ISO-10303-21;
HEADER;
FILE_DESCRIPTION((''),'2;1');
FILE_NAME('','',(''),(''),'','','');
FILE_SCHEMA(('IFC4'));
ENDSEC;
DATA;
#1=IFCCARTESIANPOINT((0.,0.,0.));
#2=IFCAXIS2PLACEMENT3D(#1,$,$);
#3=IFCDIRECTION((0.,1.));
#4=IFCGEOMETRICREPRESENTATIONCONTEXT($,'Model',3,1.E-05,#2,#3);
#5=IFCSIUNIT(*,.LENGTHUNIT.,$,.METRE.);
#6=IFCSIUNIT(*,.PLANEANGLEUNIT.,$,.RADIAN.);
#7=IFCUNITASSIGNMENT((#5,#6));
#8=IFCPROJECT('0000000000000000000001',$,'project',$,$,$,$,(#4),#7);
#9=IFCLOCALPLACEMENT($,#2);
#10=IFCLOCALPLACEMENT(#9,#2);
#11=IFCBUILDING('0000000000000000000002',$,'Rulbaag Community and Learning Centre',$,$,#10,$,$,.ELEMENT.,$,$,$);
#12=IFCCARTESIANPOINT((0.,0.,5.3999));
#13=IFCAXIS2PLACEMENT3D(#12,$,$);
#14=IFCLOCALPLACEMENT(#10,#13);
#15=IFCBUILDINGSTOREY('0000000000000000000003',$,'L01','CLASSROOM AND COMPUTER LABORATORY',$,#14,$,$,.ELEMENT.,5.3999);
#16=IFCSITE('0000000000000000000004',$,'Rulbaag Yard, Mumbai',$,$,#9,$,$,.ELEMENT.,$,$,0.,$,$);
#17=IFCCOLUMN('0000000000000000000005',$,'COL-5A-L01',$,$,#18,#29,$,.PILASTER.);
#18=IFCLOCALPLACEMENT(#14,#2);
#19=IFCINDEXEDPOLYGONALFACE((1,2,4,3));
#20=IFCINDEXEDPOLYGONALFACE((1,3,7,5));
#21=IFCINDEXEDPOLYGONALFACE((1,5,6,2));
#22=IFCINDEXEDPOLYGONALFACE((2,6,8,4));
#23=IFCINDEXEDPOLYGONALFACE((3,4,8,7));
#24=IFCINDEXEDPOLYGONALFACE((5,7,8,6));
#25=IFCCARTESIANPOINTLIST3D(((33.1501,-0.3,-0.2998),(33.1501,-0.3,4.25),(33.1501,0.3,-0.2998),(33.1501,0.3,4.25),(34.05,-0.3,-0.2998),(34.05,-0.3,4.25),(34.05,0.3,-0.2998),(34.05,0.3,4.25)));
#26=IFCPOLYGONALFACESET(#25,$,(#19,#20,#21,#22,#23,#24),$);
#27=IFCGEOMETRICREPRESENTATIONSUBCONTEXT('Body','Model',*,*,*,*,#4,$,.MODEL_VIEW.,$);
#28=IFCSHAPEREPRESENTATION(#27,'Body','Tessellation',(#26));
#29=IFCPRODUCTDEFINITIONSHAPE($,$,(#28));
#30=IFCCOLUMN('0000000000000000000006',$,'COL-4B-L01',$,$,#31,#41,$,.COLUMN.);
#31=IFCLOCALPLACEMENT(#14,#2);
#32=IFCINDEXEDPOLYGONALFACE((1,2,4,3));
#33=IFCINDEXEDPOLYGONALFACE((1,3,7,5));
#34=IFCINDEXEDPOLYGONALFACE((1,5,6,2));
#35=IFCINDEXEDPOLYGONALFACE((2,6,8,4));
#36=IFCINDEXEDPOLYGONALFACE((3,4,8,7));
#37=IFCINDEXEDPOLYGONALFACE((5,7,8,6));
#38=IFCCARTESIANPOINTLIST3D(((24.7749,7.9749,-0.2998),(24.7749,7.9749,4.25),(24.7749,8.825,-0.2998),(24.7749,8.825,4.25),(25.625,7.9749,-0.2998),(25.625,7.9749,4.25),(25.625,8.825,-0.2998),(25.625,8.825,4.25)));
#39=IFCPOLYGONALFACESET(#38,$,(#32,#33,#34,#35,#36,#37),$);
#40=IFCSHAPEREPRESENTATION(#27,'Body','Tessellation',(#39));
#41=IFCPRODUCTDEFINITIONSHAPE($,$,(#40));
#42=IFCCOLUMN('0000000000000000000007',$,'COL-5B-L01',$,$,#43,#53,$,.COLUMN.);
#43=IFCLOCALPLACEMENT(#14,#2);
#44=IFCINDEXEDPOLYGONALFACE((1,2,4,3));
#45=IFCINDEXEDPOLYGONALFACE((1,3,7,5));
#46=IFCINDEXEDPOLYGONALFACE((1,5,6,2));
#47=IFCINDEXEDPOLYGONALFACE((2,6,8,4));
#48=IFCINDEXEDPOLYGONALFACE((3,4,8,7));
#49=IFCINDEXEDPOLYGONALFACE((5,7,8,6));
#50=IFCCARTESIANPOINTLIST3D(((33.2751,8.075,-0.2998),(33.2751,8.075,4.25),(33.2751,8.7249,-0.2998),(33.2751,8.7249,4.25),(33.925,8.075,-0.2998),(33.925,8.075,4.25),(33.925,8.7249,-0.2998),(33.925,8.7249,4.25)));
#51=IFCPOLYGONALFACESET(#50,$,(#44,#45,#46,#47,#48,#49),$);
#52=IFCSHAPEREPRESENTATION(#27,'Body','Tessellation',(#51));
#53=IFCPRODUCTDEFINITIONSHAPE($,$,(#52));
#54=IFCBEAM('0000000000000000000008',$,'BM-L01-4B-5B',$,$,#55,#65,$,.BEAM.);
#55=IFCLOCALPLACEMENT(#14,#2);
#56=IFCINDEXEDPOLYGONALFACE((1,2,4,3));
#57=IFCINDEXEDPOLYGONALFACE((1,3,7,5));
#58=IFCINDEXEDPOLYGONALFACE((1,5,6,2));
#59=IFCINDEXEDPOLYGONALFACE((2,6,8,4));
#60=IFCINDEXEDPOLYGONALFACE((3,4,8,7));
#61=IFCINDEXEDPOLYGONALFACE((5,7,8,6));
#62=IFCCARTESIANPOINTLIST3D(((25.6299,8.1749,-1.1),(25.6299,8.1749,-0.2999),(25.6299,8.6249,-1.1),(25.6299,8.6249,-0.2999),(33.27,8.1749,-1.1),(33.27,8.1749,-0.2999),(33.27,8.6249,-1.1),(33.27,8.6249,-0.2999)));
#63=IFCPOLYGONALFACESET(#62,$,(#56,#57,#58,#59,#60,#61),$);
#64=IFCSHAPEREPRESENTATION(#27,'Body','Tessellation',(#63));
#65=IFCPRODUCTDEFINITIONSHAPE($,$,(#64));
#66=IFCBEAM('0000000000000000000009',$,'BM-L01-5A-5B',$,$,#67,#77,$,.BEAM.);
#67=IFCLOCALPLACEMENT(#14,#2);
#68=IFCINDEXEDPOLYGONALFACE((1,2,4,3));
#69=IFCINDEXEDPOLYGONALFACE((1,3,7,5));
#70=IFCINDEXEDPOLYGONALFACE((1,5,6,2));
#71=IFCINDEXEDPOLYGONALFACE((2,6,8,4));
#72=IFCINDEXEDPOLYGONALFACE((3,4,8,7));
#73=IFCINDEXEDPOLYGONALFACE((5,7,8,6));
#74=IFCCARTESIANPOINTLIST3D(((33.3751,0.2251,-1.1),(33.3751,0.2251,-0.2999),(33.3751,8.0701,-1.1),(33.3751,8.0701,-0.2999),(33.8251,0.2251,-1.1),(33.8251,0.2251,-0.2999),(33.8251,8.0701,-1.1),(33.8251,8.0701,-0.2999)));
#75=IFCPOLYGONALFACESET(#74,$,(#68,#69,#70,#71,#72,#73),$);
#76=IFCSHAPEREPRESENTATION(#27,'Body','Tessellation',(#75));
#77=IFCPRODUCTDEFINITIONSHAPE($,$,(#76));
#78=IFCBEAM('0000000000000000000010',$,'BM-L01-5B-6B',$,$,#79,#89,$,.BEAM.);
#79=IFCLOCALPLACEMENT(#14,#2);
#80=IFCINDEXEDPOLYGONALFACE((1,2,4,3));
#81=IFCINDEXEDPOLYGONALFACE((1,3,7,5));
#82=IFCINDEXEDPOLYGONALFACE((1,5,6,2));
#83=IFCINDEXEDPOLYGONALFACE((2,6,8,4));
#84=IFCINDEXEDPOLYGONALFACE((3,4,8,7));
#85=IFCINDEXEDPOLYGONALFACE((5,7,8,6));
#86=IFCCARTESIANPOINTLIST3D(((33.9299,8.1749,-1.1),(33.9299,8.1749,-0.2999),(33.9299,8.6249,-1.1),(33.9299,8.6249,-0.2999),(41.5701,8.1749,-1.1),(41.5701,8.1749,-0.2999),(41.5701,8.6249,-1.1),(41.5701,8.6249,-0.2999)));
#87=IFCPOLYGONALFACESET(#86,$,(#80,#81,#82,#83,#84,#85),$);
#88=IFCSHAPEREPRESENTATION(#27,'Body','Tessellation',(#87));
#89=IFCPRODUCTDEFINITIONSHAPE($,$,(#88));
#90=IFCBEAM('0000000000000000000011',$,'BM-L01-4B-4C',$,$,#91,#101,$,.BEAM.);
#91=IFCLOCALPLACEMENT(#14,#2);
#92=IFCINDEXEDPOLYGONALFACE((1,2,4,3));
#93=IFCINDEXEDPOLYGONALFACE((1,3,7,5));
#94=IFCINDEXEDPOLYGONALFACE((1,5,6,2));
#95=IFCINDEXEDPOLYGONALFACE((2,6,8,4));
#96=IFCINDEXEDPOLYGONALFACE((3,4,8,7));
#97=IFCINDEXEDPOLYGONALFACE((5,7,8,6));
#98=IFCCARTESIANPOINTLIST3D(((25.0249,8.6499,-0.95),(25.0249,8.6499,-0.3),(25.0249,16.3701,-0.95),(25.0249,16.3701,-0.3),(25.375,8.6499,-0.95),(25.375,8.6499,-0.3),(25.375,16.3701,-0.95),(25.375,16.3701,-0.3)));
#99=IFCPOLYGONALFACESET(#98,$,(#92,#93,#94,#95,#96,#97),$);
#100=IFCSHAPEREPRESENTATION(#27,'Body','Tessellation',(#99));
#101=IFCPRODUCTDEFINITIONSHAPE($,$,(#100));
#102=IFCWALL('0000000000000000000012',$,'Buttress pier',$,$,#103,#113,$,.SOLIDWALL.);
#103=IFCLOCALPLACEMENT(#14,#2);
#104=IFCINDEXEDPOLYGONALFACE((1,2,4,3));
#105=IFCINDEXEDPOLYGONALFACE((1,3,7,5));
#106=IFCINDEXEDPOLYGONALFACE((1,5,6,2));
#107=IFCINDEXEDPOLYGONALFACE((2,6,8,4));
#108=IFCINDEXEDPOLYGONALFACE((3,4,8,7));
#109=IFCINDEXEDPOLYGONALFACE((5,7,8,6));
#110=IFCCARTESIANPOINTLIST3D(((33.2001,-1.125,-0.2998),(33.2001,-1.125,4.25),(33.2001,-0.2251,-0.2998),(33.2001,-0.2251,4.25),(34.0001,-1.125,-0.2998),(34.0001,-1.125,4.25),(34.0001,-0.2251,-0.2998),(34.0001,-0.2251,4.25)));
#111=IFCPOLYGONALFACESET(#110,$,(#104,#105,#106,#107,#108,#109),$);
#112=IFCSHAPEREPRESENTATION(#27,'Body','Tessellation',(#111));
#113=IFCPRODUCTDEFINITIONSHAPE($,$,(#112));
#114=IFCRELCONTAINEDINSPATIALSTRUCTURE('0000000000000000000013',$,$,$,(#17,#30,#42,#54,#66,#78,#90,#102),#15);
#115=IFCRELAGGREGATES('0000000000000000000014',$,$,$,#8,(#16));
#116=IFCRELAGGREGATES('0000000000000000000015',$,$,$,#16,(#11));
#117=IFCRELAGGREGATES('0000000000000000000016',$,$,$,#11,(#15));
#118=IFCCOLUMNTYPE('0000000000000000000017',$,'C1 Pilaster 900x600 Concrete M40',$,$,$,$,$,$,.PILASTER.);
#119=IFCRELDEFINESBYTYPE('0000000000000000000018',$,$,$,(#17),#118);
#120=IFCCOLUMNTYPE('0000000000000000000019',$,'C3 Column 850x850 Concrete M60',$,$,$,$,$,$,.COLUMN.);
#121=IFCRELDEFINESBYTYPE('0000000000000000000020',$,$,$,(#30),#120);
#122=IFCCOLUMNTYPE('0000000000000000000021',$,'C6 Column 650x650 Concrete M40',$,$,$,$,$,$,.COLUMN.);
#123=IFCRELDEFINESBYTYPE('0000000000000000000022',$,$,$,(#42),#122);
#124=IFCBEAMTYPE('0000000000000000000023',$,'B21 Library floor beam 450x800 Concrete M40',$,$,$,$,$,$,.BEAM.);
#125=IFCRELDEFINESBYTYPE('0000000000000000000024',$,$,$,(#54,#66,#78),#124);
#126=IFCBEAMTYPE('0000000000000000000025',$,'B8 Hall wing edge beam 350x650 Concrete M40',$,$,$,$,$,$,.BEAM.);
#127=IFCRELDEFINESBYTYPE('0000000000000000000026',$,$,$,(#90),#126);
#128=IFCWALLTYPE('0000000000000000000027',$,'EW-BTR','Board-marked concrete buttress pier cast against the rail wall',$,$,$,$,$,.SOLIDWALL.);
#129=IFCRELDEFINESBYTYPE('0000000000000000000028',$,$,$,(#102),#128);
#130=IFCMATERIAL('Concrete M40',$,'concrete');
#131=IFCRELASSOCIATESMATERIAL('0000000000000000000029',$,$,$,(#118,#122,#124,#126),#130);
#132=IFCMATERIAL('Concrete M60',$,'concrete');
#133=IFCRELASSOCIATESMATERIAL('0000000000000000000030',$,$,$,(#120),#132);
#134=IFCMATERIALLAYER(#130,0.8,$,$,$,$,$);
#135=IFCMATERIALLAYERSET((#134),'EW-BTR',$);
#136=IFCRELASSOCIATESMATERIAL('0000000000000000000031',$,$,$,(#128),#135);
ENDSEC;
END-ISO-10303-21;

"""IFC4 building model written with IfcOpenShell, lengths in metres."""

from ifc_helpers import new_model, si_unit, direction, frame, frame_2d, origin, origin_2d, place, context, subcontext, project, spatial, rectangle, extrude, material, layer, layer_set, material_profile, profile_set, type_object, element, save


model = new_model("IFC4")

# Units and contexts
model_context = context("Model", 3, precision=1e-05, world=origin(), true_north=direction((0.0, 1.0)))
body_context = subcontext(model_context, "Body", "Model", "MODEL_VIEW")
ifc_project = project(units=[si_unit("LENGTHUNIT", "METRE"), si_unit("PLANEANGLEUNIT", "RADIAN")], contexts=[model_context])

# Site, building, storey
site_placement = place(None, origin())
site = spatial("IfcSite", under=ifc_project, at=site_placement, Name="Rulbaag Yard, Mumbai", CompositionType="ELEMENT", RefElevation=0.0)
building_placement = place(site_placement, origin())
building = spatial("IfcBuilding", under=site, at=building_placement, Name="Rulbaag Community and Learning Centre", CompositionType="ELEMENT")
storey_placement = place(building_placement, frame((0.0, 0.0, 5.3999)))
storey = spatial("IfcBuildingStorey", under=building, at=storey_placement, Name="L01", Description="CLASSROOM AND COMPUTER LABORATORY", CompositionType="ELEMENT", Elevation=5.3999)

# Columns
ifc_material_1 = material(Name="Concrete M40", Category="concrete")
ifc_material_profile_1 = material_profile(ifc_material_1, rectangle(XDim=0.8999, YDim=0.6001, at=origin_2d()), Name="RC900x600")
ifc_profile_set_1 = profile_set([ifc_material_profile_1], Name="Concrete M40")
column_type_1 = type_object("IfcColumnType", Name="C1 Pilaster 900x600 Concrete M40", PredefinedType="PILASTER", material=ifc_profile_set_1)
column_1_placement = place(storey_placement, frame((33.6001, 0.0, -0.2998), z_axis=(0.0, 0.0, 1.0), x_axis=(1.0, 0.0, 0.0)))
element("IfcColumn", 1, at=column_1_placement, inside=storey, type_object=column_type_1, Name="COL-5A-L01", PredefinedType="PILASTER", context=body_context, shape_type="SweptSolid", body=[
    extrude(rectangle(XDim=0.8999, YDim=0.6001, at=origin_2d()), origin(), (0.0, 0.0, 1.0), 4.5498),
])
ifc_material_2 = material(Name="Concrete M60", Category="concrete")
ifc_material_profile_2 = material_profile(ifc_material_2, rectangle(XDim=0.8501, YDim=0.8501, at=origin_2d()), Name="RC850x850")
ifc_profile_set_2 = profile_set([ifc_material_profile_2], Name="Concrete M60")
column_type_2 = type_object("IfcColumnType", Name="C3 Column 850x850 Concrete M60", PredefinedType="COLUMN", material=ifc_profile_set_2)
column_2_placement = place(storey_placement, frame((25.2, 8.3999, -0.2998), z_axis=(0.0, 0.0, 1.0), x_axis=(1.0, 0.0, 0.0)))
element("IfcColumn", 2, at=column_2_placement, inside=storey, type_object=column_type_2, Name="COL-4B-L01", PredefinedType="COLUMN", context=body_context, shape_type="SweptSolid", body=[
    extrude(rectangle(XDim=0.8501, YDim=0.8501, at=origin_2d()), origin(), (0.0, 0.0, 1.0), 4.5498),
])
ifc_material_profile_3 = material_profile(ifc_material_1, rectangle(XDim=0.6499, YDim=0.6499, at=origin_2d()), Name="RC650x650")
ifc_profile_set_3 = profile_set([ifc_material_profile_3], Name="Concrete M40")
column_type_3 = type_object("IfcColumnType", Name="C6 Column 650x650 Concrete M40", PredefinedType="COLUMN", material=ifc_profile_set_3)
column_3_placement = place(storey_placement, frame((33.6001, 8.3999, -0.2998), z_axis=(0.0, 0.0, 1.0), x_axis=(1.0, 0.0, 0.0)))
element("IfcColumn", 3, at=column_3_placement, inside=storey, type_object=column_type_3, Name="COL-5B-L01", PredefinedType="COLUMN", context=body_context, shape_type="SweptSolid", body=[
    extrude(rectangle(XDim=0.6499, YDim=0.6499, at=origin_2d()), origin(), (0.0, 0.0, 1.0), 4.5498),
])

# Beams
ifc_material_profile_4 = material_profile(ifc_material_1, rectangle(XDim=0.45, YDim=0.8, at=origin_2d()), Name="RB450x800")
ifc_profile_set_4 = profile_set([ifc_material_profile_4], Name="Concrete M40")
beam_type_1 = type_object("IfcBeamType", Name="B21 Library floor beam 450x800 Concrete M40", PredefinedType="BEAM", material=ifc_profile_set_4)
beam_1_placement = place(storey_placement, frame((25.6299, 8.3999, -0.7), z_axis=(1.0, 0.0, 0.0), x_axis=(0.0, 1.0, 0.0)))
element("IfcBeam", 4, at=beam_1_placement, inside=storey, type_object=beam_type_1, Name="BM-L01-4B-5B", PredefinedType="BEAM", context=body_context, shape_type="SweptSolid", body=[
    extrude(rectangle(XDim=0.45, YDim=0.8, at=origin_2d()), origin(), (0.0, 0.0, 1.0), 7.6401),
])
beam_2_placement = place(storey_placement, frame((33.6001, 0.2251, -0.7), z_axis=(0.0, 1.0, 0.0), x_axis=(-1.0, 0.0, 0.0)))
element("IfcBeam", 5, at=beam_2_placement, inside=storey, type_object=beam_type_1, Name="BM-L01-5A-5B", PredefinedType="BEAM", context=body_context, shape_type="SweptSolid", body=[
    extrude(rectangle(XDim=0.45, YDim=0.8, at=origin_2d()), origin(), (0.0, 0.0, 1.0), 7.845),
])
beam_3_placement = place(storey_placement, frame((33.9299, 8.3999, -0.7), z_axis=(1.0, 0.0, 0.0), x_axis=(0.0, 1.0, 0.0)))
element("IfcBeam", 6, at=beam_3_placement, inside=storey, type_object=beam_type_1, Name="BM-L01-5B-6B", PredefinedType="BEAM", context=body_context, shape_type="SweptSolid", body=[
    extrude(rectangle(XDim=0.45, YDim=0.8, at=origin_2d()), origin(), (0.0, 0.0, 1.0), 7.6401),
])
ifc_material_profile_5 = material_profile(ifc_material_1, rectangle(XDim=0.3501, YDim=0.6499, at=origin_2d()), Name="RB350x650")
ifc_profile_set_5 = profile_set([ifc_material_profile_5], Name="Concrete M40")
beam_type_2 = type_object("IfcBeamType", Name="B8 Hall wing edge beam 350x650 Concrete M40", PredefinedType="BEAM", material=ifc_profile_set_5)
beam_4_placement = place(storey_placement, frame((25.2, 8.6499, -0.625), z_axis=(0.0, 1.0, 0.0), x_axis=(-1.0, 0.0, 0.0)))
element("IfcBeam", 7, at=beam_4_placement, inside=storey, type_object=beam_type_2, Name="BM-L01-4B-4C", PredefinedType="BEAM", context=body_context, shape_type="SweptSolid", body=[
    extrude(rectangle(XDim=0.3501, YDim=0.6499, at=origin_2d()), origin(), (0.0, 0.0, 1.0), 7.7202),
])

# Wall
ifc_layer_1 = layer(ifc_material_1, 0.8)
ifc_layer_set_1 = layer_set([ifc_layer_1], Name="EW-BTR")
wall_type_1 = type_object("IfcWallType", Name="EW-BTR", Description="Board-marked concrete buttress pier cast against the rail wall", PredefinedType="SOLIDWALL", material=ifc_layer_set_1)
wall_1_placement = place(storey_placement, frame((33.6001, -0.2251, -0.2998), z_axis=(0.0, 0.0, 1.0), x_axis=(0.0, -1.0, 0.0)))
element("IfcWall", 8, at=wall_1_placement, inside=storey, type_object=wall_type_1, Name="Buttress pier", PredefinedType="SOLIDWALL", context=body_context, shape_type="SweptSolid", body=[
    extrude(rectangle(XDim=0.8999, YDim=0.8, at=frame_2d((0.45, 0.0))), origin(), (0.0, 0.0, 1.0), 4.5498),
])

save(model, "model.ifc")
